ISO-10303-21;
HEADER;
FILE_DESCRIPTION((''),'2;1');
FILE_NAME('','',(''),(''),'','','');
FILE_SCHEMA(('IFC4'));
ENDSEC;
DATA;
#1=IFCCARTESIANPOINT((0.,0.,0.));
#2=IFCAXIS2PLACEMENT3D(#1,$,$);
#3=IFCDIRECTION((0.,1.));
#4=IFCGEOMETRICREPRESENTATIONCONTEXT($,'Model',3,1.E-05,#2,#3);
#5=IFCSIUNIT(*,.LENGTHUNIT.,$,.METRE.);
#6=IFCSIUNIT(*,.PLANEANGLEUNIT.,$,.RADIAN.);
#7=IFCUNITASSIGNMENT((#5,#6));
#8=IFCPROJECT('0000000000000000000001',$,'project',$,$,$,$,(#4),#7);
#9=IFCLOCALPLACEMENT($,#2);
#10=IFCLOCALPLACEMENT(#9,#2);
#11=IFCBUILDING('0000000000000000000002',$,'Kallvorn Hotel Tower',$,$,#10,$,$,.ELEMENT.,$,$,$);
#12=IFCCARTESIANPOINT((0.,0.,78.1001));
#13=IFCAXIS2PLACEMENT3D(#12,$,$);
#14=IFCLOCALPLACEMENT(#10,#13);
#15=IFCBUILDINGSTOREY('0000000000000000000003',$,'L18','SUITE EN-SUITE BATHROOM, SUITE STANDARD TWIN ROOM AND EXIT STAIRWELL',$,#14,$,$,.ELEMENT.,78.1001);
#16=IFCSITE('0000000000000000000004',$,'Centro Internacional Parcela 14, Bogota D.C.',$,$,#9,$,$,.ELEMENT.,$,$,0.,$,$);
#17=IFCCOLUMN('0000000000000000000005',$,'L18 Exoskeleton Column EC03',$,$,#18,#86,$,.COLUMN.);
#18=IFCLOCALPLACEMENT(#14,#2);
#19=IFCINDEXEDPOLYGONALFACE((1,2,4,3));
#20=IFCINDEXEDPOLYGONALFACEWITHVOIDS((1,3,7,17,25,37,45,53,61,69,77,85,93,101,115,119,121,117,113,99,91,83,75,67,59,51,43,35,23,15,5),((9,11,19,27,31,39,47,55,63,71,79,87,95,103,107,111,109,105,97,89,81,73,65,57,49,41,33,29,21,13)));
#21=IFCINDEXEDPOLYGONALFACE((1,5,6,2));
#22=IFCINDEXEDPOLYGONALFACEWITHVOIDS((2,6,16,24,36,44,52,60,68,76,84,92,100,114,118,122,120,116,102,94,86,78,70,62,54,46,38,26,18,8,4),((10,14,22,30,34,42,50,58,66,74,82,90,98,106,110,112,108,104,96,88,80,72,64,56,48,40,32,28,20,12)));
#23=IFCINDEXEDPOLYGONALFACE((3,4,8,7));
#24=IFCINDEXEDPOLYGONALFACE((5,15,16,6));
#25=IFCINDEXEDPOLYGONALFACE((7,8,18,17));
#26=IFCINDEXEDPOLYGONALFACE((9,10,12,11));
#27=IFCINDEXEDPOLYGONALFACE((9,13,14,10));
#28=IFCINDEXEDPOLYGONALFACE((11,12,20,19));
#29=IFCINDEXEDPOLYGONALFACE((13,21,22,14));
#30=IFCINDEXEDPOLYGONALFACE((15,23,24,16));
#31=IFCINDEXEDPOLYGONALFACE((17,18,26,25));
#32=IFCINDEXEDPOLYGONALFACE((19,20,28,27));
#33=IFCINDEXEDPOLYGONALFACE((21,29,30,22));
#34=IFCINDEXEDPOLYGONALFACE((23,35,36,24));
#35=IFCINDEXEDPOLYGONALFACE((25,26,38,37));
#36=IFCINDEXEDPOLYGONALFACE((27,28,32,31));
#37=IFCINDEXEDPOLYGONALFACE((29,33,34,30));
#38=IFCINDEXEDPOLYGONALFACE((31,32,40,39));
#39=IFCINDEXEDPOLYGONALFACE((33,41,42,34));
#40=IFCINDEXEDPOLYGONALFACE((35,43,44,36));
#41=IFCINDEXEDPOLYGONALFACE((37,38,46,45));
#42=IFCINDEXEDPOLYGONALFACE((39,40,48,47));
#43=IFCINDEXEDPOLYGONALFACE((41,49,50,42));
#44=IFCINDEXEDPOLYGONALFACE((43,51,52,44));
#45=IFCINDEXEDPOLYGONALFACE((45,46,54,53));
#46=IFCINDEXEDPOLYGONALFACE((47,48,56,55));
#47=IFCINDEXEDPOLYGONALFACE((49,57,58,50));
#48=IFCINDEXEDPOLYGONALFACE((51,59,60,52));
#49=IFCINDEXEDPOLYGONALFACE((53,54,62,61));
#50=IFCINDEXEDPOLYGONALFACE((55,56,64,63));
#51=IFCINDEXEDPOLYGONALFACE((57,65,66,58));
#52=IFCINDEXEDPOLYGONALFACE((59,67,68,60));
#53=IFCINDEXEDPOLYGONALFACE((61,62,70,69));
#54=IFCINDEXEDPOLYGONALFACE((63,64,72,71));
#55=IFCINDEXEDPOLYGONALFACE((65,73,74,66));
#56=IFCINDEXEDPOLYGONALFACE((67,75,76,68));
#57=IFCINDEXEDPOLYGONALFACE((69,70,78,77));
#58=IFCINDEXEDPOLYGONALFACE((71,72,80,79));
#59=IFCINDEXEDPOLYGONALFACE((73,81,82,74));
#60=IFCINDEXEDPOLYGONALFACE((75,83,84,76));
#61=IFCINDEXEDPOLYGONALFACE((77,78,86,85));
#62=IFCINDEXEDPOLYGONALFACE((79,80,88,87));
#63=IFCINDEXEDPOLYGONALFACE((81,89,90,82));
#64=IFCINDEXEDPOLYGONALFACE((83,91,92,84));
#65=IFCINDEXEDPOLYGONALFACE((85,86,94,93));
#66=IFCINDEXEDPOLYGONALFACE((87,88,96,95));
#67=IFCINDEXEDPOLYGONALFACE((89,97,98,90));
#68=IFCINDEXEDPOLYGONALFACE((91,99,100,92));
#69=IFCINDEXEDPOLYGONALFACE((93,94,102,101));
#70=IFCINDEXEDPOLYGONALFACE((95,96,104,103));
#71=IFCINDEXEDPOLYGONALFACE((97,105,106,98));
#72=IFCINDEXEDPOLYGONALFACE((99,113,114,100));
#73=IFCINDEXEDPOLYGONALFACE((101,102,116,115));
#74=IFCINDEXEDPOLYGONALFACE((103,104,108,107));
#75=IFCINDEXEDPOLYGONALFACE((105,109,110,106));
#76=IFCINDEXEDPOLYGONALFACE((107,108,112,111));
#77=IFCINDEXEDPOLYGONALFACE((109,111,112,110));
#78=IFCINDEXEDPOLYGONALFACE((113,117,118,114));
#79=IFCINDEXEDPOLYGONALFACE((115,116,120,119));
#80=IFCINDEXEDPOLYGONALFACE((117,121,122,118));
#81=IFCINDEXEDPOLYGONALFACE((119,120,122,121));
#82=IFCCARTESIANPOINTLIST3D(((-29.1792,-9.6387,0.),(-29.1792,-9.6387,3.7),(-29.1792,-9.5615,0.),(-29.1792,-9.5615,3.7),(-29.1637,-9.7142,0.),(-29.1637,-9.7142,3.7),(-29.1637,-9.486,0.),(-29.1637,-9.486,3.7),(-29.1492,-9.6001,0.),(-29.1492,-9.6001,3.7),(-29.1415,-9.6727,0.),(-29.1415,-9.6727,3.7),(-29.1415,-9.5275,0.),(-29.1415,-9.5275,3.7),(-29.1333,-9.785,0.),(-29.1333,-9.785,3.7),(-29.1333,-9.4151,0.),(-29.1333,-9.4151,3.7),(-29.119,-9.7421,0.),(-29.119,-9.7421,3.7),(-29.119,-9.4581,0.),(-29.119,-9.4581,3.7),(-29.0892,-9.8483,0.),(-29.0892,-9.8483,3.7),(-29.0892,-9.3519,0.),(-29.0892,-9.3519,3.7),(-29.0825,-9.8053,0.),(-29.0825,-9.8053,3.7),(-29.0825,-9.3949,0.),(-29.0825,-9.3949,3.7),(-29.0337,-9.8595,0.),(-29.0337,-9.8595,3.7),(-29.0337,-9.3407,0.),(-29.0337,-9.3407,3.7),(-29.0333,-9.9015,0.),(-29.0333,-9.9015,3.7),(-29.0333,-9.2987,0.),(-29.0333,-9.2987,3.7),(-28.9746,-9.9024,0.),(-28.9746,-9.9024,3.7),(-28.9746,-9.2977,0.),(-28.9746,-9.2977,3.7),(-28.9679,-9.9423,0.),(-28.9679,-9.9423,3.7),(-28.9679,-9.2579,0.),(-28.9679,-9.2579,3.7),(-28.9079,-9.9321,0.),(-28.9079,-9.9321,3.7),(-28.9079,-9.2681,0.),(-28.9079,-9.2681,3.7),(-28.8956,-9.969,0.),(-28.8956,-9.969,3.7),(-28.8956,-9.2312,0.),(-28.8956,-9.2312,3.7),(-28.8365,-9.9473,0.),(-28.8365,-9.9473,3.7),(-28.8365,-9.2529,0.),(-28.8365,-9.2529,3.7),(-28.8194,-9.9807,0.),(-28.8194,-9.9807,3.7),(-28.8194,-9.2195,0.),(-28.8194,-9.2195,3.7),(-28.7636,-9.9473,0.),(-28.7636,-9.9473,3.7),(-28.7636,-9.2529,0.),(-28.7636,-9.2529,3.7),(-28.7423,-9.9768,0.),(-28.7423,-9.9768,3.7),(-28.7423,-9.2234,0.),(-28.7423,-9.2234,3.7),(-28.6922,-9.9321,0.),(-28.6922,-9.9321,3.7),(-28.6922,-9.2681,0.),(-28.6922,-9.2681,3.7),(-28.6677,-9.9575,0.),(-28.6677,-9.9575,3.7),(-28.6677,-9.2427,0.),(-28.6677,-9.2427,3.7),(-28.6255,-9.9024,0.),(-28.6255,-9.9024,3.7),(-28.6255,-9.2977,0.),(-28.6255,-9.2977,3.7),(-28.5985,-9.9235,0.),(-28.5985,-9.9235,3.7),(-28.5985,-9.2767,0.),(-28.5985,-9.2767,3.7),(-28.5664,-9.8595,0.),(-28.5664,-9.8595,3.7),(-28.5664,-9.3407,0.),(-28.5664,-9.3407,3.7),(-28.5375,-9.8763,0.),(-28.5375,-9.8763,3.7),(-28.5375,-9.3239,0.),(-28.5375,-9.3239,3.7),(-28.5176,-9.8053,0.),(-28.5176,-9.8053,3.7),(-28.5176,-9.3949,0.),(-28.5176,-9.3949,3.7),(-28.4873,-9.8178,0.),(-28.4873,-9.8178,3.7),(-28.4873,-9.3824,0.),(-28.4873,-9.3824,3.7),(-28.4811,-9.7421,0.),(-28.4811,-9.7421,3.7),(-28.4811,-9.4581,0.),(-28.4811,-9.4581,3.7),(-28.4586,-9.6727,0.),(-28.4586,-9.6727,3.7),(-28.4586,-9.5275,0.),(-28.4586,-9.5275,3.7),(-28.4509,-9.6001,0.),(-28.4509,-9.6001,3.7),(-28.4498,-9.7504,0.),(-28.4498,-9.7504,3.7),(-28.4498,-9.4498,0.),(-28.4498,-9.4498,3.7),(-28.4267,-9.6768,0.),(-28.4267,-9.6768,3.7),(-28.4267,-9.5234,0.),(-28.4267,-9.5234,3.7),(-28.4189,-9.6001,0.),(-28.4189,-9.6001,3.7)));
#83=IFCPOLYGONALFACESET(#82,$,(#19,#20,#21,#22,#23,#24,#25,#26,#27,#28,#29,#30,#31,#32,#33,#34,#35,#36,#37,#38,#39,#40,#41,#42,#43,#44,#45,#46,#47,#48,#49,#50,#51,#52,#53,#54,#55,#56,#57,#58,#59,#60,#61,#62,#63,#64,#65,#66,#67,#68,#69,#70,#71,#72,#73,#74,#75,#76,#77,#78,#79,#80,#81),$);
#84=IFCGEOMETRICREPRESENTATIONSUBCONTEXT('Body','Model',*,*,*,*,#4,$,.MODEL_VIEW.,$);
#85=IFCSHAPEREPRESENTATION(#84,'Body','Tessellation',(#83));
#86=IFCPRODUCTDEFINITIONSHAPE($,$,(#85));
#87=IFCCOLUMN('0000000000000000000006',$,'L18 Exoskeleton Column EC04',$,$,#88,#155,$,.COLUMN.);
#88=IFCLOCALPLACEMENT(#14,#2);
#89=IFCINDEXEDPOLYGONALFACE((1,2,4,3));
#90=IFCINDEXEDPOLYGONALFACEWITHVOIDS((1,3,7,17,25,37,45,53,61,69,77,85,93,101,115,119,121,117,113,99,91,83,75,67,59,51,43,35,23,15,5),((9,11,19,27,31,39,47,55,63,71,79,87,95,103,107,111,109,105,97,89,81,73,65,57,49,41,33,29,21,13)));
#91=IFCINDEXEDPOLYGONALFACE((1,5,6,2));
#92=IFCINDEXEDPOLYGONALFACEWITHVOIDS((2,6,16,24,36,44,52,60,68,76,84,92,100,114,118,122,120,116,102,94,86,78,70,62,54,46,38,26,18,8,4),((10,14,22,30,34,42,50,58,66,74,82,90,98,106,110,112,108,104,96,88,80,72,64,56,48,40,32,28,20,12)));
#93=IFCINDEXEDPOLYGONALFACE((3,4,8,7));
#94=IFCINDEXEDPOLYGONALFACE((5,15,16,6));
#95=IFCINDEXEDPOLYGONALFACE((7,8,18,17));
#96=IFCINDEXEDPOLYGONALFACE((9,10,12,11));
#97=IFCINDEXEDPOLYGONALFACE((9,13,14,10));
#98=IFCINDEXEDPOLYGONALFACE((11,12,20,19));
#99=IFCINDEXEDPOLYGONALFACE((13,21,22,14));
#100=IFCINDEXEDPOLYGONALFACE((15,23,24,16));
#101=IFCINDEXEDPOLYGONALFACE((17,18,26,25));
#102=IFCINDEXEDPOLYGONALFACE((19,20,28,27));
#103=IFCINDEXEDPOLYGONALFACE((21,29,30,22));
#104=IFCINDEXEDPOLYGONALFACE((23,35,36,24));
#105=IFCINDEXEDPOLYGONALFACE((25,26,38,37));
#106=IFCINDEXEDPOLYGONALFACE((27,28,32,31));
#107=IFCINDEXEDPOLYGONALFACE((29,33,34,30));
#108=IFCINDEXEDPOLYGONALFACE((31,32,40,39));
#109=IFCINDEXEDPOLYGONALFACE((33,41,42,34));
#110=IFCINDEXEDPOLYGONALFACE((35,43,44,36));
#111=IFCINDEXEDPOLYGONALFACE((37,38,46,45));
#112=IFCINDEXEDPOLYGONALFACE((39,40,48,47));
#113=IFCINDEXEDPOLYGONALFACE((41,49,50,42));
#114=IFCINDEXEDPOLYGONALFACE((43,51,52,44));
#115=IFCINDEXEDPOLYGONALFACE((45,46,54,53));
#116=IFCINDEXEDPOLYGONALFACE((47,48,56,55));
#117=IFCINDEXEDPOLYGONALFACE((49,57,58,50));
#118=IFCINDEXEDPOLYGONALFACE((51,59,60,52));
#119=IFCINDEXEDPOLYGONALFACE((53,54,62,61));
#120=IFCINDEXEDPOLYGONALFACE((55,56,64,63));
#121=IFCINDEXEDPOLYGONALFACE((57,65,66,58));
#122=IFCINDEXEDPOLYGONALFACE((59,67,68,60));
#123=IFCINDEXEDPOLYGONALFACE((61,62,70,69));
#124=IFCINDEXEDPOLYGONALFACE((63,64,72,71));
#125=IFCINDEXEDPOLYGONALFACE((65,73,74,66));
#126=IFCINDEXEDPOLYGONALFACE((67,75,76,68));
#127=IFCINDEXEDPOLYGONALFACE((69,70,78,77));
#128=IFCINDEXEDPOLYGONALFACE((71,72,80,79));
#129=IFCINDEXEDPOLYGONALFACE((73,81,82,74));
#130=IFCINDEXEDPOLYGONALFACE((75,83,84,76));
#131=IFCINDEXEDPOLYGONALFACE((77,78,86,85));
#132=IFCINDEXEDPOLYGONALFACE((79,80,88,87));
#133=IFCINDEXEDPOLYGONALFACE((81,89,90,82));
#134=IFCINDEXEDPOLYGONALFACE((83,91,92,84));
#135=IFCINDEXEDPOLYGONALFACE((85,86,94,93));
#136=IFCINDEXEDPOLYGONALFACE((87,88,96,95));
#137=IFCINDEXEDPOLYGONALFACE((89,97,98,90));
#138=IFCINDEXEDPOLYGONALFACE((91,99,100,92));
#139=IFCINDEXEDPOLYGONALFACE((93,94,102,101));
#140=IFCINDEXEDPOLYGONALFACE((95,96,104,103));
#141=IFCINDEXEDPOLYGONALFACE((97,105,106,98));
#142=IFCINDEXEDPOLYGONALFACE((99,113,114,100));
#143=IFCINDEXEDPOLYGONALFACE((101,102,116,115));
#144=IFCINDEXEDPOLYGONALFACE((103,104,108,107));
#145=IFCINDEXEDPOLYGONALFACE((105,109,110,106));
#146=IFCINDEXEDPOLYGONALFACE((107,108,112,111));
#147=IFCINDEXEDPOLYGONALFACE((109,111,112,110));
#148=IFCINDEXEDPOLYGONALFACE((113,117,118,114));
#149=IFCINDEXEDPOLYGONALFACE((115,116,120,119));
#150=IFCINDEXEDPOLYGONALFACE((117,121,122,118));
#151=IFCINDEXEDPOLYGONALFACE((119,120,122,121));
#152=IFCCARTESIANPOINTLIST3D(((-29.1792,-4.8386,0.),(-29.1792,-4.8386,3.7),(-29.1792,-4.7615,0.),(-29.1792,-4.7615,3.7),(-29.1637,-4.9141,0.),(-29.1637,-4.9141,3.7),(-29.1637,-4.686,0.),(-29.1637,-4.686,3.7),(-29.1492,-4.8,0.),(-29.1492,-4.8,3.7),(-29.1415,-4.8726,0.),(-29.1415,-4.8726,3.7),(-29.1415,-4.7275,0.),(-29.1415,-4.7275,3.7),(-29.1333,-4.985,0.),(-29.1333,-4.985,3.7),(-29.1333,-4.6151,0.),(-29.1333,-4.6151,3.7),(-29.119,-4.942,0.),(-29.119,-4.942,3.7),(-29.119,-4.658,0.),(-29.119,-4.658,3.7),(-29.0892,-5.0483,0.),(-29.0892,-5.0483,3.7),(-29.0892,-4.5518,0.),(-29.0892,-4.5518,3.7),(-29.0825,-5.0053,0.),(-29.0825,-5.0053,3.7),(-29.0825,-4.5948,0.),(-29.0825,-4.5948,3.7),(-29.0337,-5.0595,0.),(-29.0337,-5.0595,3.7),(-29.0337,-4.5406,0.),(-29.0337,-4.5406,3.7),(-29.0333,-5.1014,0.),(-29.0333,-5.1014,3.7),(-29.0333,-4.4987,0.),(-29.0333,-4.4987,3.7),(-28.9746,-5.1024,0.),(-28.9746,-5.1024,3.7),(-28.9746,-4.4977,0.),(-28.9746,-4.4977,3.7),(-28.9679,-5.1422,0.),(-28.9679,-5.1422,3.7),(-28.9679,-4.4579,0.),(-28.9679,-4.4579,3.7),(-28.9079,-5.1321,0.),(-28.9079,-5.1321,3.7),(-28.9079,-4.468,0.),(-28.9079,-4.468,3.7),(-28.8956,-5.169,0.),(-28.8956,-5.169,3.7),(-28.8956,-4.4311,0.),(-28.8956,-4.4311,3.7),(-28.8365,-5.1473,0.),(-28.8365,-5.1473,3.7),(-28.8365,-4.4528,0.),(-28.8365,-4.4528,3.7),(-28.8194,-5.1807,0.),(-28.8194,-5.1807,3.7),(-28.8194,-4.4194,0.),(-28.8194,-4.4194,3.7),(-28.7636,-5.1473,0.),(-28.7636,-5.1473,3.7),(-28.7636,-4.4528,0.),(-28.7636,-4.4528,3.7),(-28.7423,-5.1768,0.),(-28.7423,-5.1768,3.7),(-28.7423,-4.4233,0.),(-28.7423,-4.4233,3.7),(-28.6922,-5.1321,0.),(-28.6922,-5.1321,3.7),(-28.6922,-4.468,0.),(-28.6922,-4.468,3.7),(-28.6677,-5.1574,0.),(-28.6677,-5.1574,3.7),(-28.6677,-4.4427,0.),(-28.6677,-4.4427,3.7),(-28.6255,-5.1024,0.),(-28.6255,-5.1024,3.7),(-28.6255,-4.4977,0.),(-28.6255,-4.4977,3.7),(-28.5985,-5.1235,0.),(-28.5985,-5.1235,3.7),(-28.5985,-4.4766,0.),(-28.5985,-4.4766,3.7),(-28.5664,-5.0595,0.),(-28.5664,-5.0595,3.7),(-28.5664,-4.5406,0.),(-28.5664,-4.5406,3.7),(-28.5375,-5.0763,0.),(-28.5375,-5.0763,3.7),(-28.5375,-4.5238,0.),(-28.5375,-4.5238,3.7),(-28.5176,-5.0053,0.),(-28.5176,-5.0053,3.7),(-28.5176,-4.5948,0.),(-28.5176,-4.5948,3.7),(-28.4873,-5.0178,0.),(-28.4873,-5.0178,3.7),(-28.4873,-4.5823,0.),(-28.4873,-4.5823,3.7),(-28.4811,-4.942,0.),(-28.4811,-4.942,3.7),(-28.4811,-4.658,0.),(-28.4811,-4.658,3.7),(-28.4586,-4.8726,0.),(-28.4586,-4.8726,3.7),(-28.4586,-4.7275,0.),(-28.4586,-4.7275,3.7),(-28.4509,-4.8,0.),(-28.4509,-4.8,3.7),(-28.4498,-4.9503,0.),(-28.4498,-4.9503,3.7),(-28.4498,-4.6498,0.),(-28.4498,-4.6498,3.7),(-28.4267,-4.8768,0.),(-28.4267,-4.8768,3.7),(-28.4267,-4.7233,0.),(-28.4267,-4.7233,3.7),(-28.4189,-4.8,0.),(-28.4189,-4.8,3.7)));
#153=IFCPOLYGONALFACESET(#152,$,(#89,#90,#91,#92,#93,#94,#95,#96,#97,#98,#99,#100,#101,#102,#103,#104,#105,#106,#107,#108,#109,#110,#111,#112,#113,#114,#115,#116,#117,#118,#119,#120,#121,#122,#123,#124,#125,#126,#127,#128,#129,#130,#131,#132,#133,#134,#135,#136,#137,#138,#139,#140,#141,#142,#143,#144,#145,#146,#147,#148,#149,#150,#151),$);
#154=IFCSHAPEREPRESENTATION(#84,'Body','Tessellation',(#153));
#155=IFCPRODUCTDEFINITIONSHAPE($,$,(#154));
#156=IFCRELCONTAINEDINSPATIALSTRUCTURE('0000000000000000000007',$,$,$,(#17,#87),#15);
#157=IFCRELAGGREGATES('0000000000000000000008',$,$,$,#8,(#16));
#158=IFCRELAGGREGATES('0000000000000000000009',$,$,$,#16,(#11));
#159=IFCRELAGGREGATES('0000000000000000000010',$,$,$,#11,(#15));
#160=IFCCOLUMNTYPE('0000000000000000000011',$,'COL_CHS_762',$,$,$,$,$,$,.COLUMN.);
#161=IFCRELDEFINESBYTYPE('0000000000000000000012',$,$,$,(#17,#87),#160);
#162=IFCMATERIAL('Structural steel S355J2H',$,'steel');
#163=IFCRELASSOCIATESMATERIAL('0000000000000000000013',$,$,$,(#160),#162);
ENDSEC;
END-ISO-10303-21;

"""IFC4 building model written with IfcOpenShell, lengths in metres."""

from ifc_helpers import new_model, si_unit, direction, frame, origin, origin_2d, place, context, subcontext, project, spatial, hollow_circle, extrude, material, material_profile, profile_set, type_object, element, save


model = new_model("IFC4")

# Units and contexts
model_context = context("Model", 3, precision=1e-05, world=origin(), true_north=direction((0.0, 1.0)))
body_context = subcontext(model_context, "Body", "Model", "MODEL_VIEW")
ifc_project = project(units=[si_unit("LENGTHUNIT", "METRE"), si_unit("PLANEANGLEUNIT", "RADIAN")], contexts=[model_context])

# Site, building, storey
site_placement = place(None, origin())
site = spatial("IfcSite", under=ifc_project, at=site_placement, Name="Centro Internacional Parcela 14, Bogota D.C.", CompositionType="ELEMENT", RefElevation=0.0)
building_placement = place(site_placement, origin())
building = spatial("IfcBuilding", under=site, at=building_placement, Name="Kallvorn Hotel Tower", CompositionType="ELEMENT")
storey_placement = place(building_placement, frame((0.0, 0.0, 78.1001)))
storey = spatial("IfcBuildingStorey", under=building, at=storey_placement, Name="L18", Description="SUITE EN-SUITE BATHROOM, SUITE STANDARD TWIN ROOM AND EXIT STAIRWELL", CompositionType="ELEMENT", Elevation=78.1001)

# Columns
ifc_material_1 = material(Name="Structural steel S355J2H", Category="steel")
ifc_material_profile_1 = material_profile(ifc_material_1, hollow_circle(Radius=0.3811, WallThickness=0.032, at=origin_2d()), Name="CHS 762x32")
ifc_profile_set_1 = profile_set([ifc_material_profile_1], Name="Structural steel S355J2H")
column_type_1 = type_object("IfcColumnType", Name="COL_CHS_762", PredefinedType="COLUMN", material=ifc_profile_set_1)
for number, where, z_axis, x_axis, name in (
    (1, (-28.8, -9.6001, 0.0), (0.0, 0.0, 1.0), (1.0, 0.0, 0.0), "L18 Exoskeleton Column EC03"),
    (2, (-28.8, -4.8, 0.0), (0.0, 0.0, 1.0), (1.0, 0.0, 0.0), "L18 Exoskeleton Column EC04"),
):
    element("IfcColumn", number, at=place(storey_placement, frame(where, z_axis=z_axis, x_axis=x_axis)), inside=storey, type_object=column_type_1, Name=name, PredefinedType="COLUMN", context=body_context, shape_type="SweptSolid", body=[
        extrude(hollow_circle(Radius=0.3811, WallThickness=0.032, at=origin_2d()), origin(), (0.0, 0.0, 1.0), 3.7),
    ])

save(model, "model.ifc")
